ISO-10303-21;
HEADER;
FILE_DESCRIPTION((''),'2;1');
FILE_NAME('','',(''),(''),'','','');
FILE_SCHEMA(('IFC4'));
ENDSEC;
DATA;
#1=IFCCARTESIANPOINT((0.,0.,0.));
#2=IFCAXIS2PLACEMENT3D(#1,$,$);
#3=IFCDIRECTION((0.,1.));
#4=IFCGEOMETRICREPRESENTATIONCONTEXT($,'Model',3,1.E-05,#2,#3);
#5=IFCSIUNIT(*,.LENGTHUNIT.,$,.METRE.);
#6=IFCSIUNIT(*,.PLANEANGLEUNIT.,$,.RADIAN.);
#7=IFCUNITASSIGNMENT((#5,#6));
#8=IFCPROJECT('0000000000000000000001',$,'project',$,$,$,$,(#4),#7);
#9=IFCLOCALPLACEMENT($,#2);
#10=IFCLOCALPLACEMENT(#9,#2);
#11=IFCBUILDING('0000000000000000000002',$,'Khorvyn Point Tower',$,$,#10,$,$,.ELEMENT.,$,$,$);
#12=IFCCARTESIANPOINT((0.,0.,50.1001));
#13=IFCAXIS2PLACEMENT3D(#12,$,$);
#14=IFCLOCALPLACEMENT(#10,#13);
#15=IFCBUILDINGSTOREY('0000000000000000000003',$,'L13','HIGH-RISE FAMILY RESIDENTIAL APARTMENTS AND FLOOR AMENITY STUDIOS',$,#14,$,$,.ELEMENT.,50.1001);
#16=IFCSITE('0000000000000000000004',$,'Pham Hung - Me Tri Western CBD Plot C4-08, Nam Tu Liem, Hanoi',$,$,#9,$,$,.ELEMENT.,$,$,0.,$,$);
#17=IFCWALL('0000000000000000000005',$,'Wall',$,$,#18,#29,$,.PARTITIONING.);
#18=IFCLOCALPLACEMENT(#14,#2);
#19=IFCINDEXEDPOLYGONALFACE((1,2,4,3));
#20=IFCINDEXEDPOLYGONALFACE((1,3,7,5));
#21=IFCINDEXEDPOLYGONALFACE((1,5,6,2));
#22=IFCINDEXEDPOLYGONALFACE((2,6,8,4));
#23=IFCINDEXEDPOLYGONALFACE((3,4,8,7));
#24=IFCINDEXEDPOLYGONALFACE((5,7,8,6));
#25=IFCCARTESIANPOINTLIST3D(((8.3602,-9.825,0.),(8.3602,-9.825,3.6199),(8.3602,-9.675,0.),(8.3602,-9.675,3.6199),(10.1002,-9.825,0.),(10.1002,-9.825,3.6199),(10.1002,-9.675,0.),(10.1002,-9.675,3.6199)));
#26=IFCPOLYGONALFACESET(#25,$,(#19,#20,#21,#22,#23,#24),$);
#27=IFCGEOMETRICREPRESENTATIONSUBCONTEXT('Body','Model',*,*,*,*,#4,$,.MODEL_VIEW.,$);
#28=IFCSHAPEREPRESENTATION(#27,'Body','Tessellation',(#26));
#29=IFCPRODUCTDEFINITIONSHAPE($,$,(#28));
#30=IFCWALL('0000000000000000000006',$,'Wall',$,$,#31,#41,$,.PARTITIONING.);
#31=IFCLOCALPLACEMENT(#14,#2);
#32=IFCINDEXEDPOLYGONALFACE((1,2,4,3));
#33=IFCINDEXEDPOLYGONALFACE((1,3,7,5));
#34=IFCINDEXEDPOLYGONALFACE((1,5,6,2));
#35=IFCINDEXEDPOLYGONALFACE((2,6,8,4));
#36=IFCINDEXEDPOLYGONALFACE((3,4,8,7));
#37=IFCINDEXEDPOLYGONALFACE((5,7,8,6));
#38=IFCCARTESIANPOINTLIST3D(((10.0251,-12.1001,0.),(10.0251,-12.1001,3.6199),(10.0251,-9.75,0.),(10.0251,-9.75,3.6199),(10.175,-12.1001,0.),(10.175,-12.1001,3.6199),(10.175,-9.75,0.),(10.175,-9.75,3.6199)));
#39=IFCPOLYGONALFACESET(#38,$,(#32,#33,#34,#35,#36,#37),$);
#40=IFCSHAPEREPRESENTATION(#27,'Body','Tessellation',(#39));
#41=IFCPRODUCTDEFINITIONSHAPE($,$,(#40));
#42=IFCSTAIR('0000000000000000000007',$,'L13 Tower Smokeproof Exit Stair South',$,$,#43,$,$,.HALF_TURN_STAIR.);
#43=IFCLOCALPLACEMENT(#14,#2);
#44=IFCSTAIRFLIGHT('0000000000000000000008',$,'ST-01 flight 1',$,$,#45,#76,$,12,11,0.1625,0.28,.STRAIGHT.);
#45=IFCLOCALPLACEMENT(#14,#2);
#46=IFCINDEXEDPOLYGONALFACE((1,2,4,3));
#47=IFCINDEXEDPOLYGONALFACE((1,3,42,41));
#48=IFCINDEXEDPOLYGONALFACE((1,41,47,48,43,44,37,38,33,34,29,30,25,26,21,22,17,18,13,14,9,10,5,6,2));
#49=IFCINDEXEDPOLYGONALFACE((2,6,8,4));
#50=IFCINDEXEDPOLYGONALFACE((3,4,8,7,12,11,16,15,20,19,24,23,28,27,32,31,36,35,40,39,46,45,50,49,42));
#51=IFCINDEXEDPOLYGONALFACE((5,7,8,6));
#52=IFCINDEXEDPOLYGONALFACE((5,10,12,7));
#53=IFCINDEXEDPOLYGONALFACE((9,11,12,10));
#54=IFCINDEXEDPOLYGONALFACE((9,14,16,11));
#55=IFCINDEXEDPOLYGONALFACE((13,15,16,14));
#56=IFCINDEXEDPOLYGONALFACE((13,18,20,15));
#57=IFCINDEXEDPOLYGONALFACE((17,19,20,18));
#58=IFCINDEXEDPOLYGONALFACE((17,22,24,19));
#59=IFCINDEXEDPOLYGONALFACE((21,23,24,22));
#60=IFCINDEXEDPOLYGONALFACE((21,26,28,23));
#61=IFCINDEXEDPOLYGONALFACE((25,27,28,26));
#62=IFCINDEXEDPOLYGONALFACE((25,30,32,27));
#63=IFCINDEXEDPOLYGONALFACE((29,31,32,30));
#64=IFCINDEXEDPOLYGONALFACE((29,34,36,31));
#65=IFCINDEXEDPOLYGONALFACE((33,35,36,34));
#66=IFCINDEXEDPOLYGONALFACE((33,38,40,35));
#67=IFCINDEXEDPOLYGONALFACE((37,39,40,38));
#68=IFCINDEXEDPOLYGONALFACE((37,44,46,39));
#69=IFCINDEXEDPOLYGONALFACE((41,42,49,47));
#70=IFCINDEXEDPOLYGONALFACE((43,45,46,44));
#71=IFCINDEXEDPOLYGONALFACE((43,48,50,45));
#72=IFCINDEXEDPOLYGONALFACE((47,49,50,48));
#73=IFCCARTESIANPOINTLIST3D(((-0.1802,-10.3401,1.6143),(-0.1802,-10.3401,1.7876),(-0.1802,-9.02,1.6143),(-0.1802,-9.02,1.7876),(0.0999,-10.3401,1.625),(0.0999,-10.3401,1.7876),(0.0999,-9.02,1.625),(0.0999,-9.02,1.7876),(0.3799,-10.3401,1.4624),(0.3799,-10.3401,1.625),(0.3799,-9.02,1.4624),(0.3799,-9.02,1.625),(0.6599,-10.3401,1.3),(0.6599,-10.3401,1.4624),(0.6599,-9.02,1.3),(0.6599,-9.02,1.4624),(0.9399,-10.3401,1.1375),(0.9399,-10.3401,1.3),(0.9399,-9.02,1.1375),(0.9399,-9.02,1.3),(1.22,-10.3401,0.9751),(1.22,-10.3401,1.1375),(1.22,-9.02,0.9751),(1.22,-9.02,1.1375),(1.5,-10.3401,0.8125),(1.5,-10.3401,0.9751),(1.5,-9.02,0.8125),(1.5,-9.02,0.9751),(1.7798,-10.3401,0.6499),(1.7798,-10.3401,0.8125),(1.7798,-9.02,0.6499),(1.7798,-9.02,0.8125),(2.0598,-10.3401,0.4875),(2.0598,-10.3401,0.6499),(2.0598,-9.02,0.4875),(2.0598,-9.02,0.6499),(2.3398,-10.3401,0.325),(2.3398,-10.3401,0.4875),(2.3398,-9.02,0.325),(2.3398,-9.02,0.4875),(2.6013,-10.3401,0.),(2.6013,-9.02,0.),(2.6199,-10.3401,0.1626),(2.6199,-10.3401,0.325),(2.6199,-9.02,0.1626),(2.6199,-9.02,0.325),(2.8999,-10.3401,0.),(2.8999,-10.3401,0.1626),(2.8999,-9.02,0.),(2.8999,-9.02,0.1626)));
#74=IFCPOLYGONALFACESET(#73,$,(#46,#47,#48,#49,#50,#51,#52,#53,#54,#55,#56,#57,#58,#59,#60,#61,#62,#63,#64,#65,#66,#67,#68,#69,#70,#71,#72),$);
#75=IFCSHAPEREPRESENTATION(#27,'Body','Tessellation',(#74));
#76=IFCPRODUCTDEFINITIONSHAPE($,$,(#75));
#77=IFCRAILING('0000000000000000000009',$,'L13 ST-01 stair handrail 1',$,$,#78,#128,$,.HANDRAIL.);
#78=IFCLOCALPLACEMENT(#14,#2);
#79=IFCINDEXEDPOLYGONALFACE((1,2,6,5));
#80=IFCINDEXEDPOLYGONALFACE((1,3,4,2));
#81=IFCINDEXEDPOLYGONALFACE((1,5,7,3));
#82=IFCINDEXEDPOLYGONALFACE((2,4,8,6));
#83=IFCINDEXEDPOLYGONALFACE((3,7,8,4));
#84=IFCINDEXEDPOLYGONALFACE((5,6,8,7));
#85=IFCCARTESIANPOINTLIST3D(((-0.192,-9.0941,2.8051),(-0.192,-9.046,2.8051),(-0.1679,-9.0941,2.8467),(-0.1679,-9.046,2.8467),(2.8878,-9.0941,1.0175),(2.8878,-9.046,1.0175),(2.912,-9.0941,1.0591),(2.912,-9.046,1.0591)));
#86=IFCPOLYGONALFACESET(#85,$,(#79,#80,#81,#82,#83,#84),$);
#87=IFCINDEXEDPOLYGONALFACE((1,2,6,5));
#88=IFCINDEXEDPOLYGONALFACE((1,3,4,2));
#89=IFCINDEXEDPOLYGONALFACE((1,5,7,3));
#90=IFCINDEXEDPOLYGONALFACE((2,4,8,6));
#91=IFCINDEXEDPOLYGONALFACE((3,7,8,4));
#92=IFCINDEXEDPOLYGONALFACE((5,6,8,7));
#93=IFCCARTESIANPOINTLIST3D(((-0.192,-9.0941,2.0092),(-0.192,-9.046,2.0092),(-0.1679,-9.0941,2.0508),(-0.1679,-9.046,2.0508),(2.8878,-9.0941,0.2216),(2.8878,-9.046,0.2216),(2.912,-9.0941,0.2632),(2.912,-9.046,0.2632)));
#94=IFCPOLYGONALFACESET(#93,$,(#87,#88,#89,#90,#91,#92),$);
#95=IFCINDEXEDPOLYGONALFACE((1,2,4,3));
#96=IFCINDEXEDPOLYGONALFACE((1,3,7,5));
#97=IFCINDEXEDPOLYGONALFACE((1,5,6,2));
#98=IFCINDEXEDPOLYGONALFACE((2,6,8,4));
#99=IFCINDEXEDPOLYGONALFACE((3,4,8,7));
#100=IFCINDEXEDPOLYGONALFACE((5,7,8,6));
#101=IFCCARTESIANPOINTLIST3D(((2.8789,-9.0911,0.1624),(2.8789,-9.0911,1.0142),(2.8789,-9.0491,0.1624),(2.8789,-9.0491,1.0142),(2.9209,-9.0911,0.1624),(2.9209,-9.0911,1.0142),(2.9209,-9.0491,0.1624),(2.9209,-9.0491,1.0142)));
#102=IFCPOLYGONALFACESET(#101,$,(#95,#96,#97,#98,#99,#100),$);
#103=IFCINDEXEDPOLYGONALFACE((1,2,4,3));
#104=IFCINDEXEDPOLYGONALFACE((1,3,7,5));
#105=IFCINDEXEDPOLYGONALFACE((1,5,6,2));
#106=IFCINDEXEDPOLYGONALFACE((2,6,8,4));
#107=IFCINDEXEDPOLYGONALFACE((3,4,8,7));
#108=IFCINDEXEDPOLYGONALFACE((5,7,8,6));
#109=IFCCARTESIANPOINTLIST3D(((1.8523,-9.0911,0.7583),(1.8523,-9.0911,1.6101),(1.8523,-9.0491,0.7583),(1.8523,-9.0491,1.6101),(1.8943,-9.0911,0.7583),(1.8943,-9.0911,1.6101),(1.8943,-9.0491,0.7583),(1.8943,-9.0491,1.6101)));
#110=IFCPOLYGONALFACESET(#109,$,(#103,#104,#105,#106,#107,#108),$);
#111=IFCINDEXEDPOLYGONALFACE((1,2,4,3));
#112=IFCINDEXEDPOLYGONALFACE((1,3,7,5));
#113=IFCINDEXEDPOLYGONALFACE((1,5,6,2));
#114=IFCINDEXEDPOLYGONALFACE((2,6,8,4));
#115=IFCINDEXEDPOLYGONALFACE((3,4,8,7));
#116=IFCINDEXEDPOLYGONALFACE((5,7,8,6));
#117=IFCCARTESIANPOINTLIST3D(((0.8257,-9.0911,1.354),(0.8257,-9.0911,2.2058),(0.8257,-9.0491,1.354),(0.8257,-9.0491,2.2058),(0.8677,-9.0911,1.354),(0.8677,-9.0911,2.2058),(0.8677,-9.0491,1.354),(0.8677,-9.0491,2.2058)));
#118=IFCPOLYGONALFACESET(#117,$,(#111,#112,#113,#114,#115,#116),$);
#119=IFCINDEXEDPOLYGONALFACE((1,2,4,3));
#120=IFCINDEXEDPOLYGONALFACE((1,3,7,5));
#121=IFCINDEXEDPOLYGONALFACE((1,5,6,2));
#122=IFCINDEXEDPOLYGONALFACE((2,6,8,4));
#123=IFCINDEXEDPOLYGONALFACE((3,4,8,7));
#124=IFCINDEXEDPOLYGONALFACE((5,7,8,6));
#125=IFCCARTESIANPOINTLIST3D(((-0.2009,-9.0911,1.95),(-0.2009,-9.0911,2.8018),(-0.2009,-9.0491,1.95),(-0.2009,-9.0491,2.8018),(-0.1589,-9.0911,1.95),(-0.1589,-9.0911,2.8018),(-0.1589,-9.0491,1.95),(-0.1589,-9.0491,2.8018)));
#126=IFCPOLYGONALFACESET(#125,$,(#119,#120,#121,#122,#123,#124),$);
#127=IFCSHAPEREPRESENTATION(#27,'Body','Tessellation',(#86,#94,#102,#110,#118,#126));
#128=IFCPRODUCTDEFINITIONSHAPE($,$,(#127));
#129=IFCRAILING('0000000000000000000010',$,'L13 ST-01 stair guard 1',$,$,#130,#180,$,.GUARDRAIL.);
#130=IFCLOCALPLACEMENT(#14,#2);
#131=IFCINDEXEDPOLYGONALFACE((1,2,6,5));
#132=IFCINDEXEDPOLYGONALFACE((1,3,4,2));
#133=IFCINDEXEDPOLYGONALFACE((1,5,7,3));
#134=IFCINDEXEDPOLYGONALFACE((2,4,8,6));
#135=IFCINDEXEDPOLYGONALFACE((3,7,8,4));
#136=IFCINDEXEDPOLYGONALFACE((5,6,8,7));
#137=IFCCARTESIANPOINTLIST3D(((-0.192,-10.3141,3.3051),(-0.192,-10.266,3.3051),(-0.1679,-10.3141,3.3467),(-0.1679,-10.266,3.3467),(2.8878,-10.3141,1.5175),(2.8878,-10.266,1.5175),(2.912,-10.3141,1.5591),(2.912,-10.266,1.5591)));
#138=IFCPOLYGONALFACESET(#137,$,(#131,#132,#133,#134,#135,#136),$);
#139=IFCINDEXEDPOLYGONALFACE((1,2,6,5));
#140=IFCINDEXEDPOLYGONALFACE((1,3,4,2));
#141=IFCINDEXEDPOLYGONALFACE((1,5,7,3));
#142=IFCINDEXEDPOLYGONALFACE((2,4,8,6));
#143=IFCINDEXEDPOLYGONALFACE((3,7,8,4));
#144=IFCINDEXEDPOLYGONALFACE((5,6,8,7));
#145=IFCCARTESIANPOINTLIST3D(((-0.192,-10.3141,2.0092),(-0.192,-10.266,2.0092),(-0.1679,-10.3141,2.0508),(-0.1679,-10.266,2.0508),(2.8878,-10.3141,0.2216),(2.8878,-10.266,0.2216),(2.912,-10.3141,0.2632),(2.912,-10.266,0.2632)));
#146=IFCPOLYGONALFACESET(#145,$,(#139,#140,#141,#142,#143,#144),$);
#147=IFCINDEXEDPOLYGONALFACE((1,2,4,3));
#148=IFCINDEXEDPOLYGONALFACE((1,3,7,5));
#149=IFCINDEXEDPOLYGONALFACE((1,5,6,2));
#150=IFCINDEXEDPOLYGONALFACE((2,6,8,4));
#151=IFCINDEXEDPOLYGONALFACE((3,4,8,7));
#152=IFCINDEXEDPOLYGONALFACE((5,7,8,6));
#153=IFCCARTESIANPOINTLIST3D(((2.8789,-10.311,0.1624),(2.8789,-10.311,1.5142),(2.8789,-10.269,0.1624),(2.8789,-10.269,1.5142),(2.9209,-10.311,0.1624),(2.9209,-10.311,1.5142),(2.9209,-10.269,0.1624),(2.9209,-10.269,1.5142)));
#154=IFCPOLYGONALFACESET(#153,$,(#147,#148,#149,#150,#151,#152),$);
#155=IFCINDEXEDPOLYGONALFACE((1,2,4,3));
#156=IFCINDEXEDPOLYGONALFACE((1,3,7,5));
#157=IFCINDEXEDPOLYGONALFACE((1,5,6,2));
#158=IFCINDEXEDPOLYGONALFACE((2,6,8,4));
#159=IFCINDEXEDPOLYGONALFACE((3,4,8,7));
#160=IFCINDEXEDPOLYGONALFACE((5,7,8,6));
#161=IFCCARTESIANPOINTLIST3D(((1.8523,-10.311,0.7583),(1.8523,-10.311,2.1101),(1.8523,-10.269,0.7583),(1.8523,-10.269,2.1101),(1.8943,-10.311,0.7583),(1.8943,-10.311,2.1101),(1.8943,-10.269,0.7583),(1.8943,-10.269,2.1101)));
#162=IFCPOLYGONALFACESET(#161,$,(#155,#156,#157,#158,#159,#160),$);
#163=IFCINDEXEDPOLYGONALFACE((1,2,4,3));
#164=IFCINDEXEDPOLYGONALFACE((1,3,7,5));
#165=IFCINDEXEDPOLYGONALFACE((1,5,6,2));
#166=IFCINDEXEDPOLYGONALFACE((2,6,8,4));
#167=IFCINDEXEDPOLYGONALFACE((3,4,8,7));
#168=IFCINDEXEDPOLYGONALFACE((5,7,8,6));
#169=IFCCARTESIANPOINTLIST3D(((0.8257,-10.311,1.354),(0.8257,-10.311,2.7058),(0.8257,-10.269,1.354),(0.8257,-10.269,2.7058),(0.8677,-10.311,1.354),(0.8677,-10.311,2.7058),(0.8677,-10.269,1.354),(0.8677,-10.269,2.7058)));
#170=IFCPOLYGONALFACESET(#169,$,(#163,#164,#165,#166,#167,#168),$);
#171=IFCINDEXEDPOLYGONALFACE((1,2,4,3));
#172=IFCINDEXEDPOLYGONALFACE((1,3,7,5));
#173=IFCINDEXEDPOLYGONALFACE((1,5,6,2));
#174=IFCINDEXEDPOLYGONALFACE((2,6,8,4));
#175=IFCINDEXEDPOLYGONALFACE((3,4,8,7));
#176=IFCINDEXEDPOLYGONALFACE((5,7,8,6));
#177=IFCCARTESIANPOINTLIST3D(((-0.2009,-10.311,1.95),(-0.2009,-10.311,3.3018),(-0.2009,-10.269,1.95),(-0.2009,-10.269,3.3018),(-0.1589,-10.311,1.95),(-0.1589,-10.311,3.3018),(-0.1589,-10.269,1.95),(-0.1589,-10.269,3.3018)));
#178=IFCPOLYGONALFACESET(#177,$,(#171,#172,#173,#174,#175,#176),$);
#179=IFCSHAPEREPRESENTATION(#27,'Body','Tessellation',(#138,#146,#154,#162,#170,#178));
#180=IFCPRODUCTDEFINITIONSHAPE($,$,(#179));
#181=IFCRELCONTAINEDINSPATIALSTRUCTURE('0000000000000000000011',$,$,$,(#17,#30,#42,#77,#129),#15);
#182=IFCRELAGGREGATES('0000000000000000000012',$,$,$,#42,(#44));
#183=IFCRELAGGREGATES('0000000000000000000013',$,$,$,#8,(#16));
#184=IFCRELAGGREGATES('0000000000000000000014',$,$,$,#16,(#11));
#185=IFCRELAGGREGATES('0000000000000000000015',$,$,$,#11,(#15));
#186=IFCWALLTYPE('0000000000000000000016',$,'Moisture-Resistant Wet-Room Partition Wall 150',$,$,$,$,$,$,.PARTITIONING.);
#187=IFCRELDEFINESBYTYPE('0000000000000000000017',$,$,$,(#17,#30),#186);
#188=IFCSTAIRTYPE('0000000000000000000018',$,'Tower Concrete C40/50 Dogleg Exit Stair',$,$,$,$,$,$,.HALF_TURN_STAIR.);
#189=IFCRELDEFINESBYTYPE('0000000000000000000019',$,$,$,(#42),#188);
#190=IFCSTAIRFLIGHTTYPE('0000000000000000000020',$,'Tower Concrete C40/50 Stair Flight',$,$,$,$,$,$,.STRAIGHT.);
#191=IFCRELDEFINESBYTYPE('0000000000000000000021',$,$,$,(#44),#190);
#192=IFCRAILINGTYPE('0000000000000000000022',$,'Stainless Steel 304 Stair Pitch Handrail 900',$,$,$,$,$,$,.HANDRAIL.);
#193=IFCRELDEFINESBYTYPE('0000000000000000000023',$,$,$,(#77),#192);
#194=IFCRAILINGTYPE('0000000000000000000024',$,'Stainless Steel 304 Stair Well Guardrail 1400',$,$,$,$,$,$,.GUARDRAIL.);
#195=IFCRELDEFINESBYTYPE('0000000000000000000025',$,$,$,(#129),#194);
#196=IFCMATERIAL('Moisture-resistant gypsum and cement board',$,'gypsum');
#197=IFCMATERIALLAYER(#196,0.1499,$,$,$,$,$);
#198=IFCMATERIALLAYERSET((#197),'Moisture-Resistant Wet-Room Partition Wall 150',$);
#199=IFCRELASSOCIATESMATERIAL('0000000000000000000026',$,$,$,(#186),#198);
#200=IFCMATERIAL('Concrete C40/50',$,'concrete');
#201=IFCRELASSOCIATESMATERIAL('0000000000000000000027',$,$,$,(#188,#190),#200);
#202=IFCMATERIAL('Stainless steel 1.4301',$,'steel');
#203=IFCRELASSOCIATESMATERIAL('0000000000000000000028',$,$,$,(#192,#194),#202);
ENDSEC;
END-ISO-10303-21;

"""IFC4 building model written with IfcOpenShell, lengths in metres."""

from ifc_helpers import new_model, si_unit, direction, frame, frame_2d, origin, origin_2d, place, context, subcontext, project, spatial, polyline, rectangle, outline, extrude, material, layer, layer_set, type_object, element, aggregate, save


model = new_model("IFC4")

# Units and contexts
model_context = context("Model", 3, precision=1e-05, world=origin(), true_north=direction((0.0, 1.0)))
body_context = subcontext(model_context, "Body", "Model", "MODEL_VIEW")
ifc_project = project(units=[si_unit("LENGTHUNIT", "METRE"), si_unit("PLANEANGLEUNIT", "RADIAN")], contexts=[model_context])

# Site, building, storey
site_placement = place(None, origin())
site = spatial("IfcSite", under=ifc_project, at=site_placement, Name="Pham Hung - Me Tri Western CBD Plot C4-08, Nam Tu Liem, Hanoi", CompositionType="ELEMENT", RefElevation=0.0)
building_placement = place(site_placement, origin())
building = spatial("IfcBuilding", under=site, at=building_placement, Name="Khorvyn Point Tower", CompositionType="ELEMENT")
storey_placement = place(building_placement, frame((0.0, 0.0, 50.1001)))
storey = spatial("IfcBuildingStorey", under=building, at=storey_placement, Name="L13", Description="HIGH-RISE FAMILY RESIDENTIAL APARTMENTS AND FLOOR AMENITY STUDIOS", CompositionType="ELEMENT", Elevation=50.1001)

# Shared definitions
ifc_material_1 = material(Name="Concrete C40/50", Category="concrete")

# Shared definitions
ifc_material_2 = material(Name="Moisture-resistant gypsum and cement board", Category="gypsum")
ifc_layer_1 = layer(ifc_material_2, 0.1499)
ifc_layer_set_1 = layer_set([ifc_layer_1], Name="Moisture-Resistant Wet-Room Partition Wall 150")
wall_type_1 = type_object("IfcWallType", Name="Moisture-Resistant Wet-Room Partition Wall 150", PredefinedType="PARTITIONING", material=ifc_layer_set_1)

# Walls
wall_1_placement = place(storey_placement, frame((8.3601, -9.75, 0.0), z_axis=(0.0, 0.0, 1.0), x_axis=(1.0, 0.0, 0.0)))
element("IfcWall", 1, at=wall_1_placement, inside=storey, type_object=wall_type_1, Name="Wall", PredefinedType="PARTITIONING", context=body_context, shape_type="SweptSolid", body=[
    extrude(rectangle(XDim=1.74, YDim=0.1499, at=frame_2d((0.8701, 0.0))), origin(), (0.0, 0.0, 1.0), 3.6199),
])
wall_2_placement = place(storey_placement, frame((10.1001, -12.1001, 0.0), z_axis=(0.0, 0.0, 1.0), x_axis=(0.0, 1.0, 0.0)))
element("IfcWall", 2, at=wall_2_placement, inside=storey, type_object=wall_type_1, Name="Wall", PredefinedType="PARTITIONING", context=body_context, shape_type="SweptSolid", body=[
    extrude(rectangle(XDim=2.3501, YDim=0.1499, at=frame_2d((1.175, 0.0))), origin(), (0.0, 0.0, 1.0), 3.6199),
])

# Stair, stair flight
stair_type = type_object("IfcStairType", Name="Tower Concrete C40/50 Dogleg Exit Stair", PredefinedType="HALF_TURN_STAIR", material=ifc_material_1)
stair_placement = place(storey_placement, origin())
stair = element("IfcStair", 3, at=stair_placement, inside=storey, type_object=stair_type, Name="L13 Tower Smokeproof Exit Stair South", PredefinedType="HALF_TURN_STAIR")
stair_flight_type = type_object("IfcStairFlightType", Name="Tower Concrete C40/50 Stair Flight", PredefinedType="STRAIGHT", material=ifc_material_1)
stair_flight_placement = place(storey_placement, frame((2.8999, -9.6799, 0.0), z_axis=(0.0, 0.0, 1.0), x_axis=(-1.0, 0.0, 0.0)))
stair_flight = element("IfcStairFlight", 4, at=stair_flight_placement, type_object=stair_flight_type, Name="ST-01 flight 1", NumberOfRisers=12, NumberOfTreads=11, PredefinedType="STRAIGHT", RiserHeight=0.1625, TreadLength=0.28, context=body_context, shape_type="SweptSolid", body=[
    extrude(outline(polyline([(0.0, 0.0), (0.0, 0.1626), (0.28, 0.1626), (0.28, 0.325), (0.5601, 0.325), (0.5601, 0.4875), (0.8401, 0.4875), (0.8401, 0.6499), (1.1201, 0.6499), (1.1201, 0.8125), (1.3999, 0.8125), (1.3999, 0.9751), (1.6799, 0.9751), (1.6799, 1.1375), (1.96, 1.1375), (1.96, 1.3), (2.24, 1.3), (2.24, 1.4624), (2.52, 1.4624), (2.52, 1.625), (2.8, 1.625), (2.8, 1.7876), (3.0801, 1.7876), (3.0801, 1.95), (3.0801, 1.6143), (0.2986, 0.0), (0.0, 0.0)])), frame((0.0, 0.6602, 0.0), z_axis=(0.0, -1.0, 0.0), x_axis=(1.0, 0.0, 0.0)), (0.0, 0.0, 1.0), 1.3201),
])
aggregate(stair, [stair_flight])

# Railings
ifc_material_3 = material(Name="Stainless steel 1.4301", Category="steel")
railing_type_1 = type_object("IfcRailingType", Name="Stainless Steel 304 Stair Pitch Handrail 900", PredefinedType="HANDRAIL", material=ifc_material_3)
railing_1_placement = place(storey_placement, frame((2.8999, -9.0701, 0.1624)))
element("IfcRailing", 5, at=railing_1_placement, inside=storey, type_object=railing_type_1, Name="L13 ST-01 stair handrail 1", PredefinedType="HANDRAIL", context=body_context, shape_type="SweptSolid", body=[
    extrude(rectangle(XDim=0.0481, YDim=0.0481, at=origin_2d()), frame((0.0, 0.0, 0.876), z_axis=(-0.864873, 0.0, 0.50199), x_axis=(0.0, -1.0, 0.0)), (0.0, 0.0, 1.0), 3.561),
    extrude(rectangle(XDim=0.0481, YDim=0.0481, at=origin_2d()), frame((0.0, 0.0, 0.0801), z_axis=(-0.864873, 0.0, 0.50199), x_axis=(0.0, -1.0, 0.0)), (0.0, 0.0, 1.0), 3.561),
    extrude(rectangle(XDim=0.042, YDim=0.042, at=origin_2d()), origin(), (0.0, 0.0, 1.0), 0.8518),
    extrude(rectangle(XDim=0.042, YDim=0.042, at=origin_2d()), frame((-1.0266, 0.0, 0.5959)), (0.0, 0.0, 1.0), 0.8518),
    extrude(rectangle(XDim=0.042, YDim=0.042, at=origin_2d()), frame((-2.0532, 0.0, 1.1917)), (0.0, 0.0, 1.0), 0.8518),
    extrude(rectangle(XDim=0.042, YDim=0.042, at=origin_2d()), frame((-3.0798, 0.0, 1.7876)), (0.0, 0.0, 1.0), 0.8518),
])
railing_type_2 = type_object("IfcRailingType", Name="Stainless Steel 304 Stair Well Guardrail 1400", PredefinedType="GUARDRAIL", material=ifc_material_3)
railing_2_placement = place(storey_placement, frame((2.8999, -10.29, 0.1624)))
element("IfcRailing", 6, at=railing_2_placement, inside=storey, type_object=railing_type_2, Name="L13 ST-01 stair guard 1", PredefinedType="GUARDRAIL", context=body_context, shape_type="SweptSolid", body=[
    extrude(rectangle(XDim=0.0481, YDim=0.0481, at=origin_2d()), frame((0.0, 0.0, 1.376), z_axis=(-0.864873, 0.0, 0.50199), x_axis=(0.0, -1.0, 0.0)), (0.0, 0.0, 1.0), 3.561),
    extrude(rectangle(XDim=0.0481, YDim=0.0481, at=origin_2d()), frame((0.0, 0.0, 0.0801), z_axis=(-0.864873, 0.0, 0.50199), x_axis=(0.0, -1.0, 0.0)), (0.0, 0.0, 1.0), 3.561),
    extrude(rectangle(XDim=0.042, YDim=0.042, at=origin_2d()), origin(), (0.0, 0.0, 1.0), 1.3518),
    extrude(rectangle(XDim=0.042, YDim=0.042, at=origin_2d()), frame((-1.0266, 0.0, 0.5959)), (0.0, 0.0, 1.0), 1.3518),
    extrude(rectangle(XDim=0.042, YDim=0.042, at=origin_2d()), frame((-2.0532, 0.0, 1.1917)), (0.0, 0.0, 1.0), 1.3518),
    extrude(rectangle(XDim=0.042, YDim=0.042, at=origin_2d()), frame((-3.0798, 0.0, 1.7876)), (0.0, 0.0, 1.0), 1.3518),
])

save(model, "model.ifc")
